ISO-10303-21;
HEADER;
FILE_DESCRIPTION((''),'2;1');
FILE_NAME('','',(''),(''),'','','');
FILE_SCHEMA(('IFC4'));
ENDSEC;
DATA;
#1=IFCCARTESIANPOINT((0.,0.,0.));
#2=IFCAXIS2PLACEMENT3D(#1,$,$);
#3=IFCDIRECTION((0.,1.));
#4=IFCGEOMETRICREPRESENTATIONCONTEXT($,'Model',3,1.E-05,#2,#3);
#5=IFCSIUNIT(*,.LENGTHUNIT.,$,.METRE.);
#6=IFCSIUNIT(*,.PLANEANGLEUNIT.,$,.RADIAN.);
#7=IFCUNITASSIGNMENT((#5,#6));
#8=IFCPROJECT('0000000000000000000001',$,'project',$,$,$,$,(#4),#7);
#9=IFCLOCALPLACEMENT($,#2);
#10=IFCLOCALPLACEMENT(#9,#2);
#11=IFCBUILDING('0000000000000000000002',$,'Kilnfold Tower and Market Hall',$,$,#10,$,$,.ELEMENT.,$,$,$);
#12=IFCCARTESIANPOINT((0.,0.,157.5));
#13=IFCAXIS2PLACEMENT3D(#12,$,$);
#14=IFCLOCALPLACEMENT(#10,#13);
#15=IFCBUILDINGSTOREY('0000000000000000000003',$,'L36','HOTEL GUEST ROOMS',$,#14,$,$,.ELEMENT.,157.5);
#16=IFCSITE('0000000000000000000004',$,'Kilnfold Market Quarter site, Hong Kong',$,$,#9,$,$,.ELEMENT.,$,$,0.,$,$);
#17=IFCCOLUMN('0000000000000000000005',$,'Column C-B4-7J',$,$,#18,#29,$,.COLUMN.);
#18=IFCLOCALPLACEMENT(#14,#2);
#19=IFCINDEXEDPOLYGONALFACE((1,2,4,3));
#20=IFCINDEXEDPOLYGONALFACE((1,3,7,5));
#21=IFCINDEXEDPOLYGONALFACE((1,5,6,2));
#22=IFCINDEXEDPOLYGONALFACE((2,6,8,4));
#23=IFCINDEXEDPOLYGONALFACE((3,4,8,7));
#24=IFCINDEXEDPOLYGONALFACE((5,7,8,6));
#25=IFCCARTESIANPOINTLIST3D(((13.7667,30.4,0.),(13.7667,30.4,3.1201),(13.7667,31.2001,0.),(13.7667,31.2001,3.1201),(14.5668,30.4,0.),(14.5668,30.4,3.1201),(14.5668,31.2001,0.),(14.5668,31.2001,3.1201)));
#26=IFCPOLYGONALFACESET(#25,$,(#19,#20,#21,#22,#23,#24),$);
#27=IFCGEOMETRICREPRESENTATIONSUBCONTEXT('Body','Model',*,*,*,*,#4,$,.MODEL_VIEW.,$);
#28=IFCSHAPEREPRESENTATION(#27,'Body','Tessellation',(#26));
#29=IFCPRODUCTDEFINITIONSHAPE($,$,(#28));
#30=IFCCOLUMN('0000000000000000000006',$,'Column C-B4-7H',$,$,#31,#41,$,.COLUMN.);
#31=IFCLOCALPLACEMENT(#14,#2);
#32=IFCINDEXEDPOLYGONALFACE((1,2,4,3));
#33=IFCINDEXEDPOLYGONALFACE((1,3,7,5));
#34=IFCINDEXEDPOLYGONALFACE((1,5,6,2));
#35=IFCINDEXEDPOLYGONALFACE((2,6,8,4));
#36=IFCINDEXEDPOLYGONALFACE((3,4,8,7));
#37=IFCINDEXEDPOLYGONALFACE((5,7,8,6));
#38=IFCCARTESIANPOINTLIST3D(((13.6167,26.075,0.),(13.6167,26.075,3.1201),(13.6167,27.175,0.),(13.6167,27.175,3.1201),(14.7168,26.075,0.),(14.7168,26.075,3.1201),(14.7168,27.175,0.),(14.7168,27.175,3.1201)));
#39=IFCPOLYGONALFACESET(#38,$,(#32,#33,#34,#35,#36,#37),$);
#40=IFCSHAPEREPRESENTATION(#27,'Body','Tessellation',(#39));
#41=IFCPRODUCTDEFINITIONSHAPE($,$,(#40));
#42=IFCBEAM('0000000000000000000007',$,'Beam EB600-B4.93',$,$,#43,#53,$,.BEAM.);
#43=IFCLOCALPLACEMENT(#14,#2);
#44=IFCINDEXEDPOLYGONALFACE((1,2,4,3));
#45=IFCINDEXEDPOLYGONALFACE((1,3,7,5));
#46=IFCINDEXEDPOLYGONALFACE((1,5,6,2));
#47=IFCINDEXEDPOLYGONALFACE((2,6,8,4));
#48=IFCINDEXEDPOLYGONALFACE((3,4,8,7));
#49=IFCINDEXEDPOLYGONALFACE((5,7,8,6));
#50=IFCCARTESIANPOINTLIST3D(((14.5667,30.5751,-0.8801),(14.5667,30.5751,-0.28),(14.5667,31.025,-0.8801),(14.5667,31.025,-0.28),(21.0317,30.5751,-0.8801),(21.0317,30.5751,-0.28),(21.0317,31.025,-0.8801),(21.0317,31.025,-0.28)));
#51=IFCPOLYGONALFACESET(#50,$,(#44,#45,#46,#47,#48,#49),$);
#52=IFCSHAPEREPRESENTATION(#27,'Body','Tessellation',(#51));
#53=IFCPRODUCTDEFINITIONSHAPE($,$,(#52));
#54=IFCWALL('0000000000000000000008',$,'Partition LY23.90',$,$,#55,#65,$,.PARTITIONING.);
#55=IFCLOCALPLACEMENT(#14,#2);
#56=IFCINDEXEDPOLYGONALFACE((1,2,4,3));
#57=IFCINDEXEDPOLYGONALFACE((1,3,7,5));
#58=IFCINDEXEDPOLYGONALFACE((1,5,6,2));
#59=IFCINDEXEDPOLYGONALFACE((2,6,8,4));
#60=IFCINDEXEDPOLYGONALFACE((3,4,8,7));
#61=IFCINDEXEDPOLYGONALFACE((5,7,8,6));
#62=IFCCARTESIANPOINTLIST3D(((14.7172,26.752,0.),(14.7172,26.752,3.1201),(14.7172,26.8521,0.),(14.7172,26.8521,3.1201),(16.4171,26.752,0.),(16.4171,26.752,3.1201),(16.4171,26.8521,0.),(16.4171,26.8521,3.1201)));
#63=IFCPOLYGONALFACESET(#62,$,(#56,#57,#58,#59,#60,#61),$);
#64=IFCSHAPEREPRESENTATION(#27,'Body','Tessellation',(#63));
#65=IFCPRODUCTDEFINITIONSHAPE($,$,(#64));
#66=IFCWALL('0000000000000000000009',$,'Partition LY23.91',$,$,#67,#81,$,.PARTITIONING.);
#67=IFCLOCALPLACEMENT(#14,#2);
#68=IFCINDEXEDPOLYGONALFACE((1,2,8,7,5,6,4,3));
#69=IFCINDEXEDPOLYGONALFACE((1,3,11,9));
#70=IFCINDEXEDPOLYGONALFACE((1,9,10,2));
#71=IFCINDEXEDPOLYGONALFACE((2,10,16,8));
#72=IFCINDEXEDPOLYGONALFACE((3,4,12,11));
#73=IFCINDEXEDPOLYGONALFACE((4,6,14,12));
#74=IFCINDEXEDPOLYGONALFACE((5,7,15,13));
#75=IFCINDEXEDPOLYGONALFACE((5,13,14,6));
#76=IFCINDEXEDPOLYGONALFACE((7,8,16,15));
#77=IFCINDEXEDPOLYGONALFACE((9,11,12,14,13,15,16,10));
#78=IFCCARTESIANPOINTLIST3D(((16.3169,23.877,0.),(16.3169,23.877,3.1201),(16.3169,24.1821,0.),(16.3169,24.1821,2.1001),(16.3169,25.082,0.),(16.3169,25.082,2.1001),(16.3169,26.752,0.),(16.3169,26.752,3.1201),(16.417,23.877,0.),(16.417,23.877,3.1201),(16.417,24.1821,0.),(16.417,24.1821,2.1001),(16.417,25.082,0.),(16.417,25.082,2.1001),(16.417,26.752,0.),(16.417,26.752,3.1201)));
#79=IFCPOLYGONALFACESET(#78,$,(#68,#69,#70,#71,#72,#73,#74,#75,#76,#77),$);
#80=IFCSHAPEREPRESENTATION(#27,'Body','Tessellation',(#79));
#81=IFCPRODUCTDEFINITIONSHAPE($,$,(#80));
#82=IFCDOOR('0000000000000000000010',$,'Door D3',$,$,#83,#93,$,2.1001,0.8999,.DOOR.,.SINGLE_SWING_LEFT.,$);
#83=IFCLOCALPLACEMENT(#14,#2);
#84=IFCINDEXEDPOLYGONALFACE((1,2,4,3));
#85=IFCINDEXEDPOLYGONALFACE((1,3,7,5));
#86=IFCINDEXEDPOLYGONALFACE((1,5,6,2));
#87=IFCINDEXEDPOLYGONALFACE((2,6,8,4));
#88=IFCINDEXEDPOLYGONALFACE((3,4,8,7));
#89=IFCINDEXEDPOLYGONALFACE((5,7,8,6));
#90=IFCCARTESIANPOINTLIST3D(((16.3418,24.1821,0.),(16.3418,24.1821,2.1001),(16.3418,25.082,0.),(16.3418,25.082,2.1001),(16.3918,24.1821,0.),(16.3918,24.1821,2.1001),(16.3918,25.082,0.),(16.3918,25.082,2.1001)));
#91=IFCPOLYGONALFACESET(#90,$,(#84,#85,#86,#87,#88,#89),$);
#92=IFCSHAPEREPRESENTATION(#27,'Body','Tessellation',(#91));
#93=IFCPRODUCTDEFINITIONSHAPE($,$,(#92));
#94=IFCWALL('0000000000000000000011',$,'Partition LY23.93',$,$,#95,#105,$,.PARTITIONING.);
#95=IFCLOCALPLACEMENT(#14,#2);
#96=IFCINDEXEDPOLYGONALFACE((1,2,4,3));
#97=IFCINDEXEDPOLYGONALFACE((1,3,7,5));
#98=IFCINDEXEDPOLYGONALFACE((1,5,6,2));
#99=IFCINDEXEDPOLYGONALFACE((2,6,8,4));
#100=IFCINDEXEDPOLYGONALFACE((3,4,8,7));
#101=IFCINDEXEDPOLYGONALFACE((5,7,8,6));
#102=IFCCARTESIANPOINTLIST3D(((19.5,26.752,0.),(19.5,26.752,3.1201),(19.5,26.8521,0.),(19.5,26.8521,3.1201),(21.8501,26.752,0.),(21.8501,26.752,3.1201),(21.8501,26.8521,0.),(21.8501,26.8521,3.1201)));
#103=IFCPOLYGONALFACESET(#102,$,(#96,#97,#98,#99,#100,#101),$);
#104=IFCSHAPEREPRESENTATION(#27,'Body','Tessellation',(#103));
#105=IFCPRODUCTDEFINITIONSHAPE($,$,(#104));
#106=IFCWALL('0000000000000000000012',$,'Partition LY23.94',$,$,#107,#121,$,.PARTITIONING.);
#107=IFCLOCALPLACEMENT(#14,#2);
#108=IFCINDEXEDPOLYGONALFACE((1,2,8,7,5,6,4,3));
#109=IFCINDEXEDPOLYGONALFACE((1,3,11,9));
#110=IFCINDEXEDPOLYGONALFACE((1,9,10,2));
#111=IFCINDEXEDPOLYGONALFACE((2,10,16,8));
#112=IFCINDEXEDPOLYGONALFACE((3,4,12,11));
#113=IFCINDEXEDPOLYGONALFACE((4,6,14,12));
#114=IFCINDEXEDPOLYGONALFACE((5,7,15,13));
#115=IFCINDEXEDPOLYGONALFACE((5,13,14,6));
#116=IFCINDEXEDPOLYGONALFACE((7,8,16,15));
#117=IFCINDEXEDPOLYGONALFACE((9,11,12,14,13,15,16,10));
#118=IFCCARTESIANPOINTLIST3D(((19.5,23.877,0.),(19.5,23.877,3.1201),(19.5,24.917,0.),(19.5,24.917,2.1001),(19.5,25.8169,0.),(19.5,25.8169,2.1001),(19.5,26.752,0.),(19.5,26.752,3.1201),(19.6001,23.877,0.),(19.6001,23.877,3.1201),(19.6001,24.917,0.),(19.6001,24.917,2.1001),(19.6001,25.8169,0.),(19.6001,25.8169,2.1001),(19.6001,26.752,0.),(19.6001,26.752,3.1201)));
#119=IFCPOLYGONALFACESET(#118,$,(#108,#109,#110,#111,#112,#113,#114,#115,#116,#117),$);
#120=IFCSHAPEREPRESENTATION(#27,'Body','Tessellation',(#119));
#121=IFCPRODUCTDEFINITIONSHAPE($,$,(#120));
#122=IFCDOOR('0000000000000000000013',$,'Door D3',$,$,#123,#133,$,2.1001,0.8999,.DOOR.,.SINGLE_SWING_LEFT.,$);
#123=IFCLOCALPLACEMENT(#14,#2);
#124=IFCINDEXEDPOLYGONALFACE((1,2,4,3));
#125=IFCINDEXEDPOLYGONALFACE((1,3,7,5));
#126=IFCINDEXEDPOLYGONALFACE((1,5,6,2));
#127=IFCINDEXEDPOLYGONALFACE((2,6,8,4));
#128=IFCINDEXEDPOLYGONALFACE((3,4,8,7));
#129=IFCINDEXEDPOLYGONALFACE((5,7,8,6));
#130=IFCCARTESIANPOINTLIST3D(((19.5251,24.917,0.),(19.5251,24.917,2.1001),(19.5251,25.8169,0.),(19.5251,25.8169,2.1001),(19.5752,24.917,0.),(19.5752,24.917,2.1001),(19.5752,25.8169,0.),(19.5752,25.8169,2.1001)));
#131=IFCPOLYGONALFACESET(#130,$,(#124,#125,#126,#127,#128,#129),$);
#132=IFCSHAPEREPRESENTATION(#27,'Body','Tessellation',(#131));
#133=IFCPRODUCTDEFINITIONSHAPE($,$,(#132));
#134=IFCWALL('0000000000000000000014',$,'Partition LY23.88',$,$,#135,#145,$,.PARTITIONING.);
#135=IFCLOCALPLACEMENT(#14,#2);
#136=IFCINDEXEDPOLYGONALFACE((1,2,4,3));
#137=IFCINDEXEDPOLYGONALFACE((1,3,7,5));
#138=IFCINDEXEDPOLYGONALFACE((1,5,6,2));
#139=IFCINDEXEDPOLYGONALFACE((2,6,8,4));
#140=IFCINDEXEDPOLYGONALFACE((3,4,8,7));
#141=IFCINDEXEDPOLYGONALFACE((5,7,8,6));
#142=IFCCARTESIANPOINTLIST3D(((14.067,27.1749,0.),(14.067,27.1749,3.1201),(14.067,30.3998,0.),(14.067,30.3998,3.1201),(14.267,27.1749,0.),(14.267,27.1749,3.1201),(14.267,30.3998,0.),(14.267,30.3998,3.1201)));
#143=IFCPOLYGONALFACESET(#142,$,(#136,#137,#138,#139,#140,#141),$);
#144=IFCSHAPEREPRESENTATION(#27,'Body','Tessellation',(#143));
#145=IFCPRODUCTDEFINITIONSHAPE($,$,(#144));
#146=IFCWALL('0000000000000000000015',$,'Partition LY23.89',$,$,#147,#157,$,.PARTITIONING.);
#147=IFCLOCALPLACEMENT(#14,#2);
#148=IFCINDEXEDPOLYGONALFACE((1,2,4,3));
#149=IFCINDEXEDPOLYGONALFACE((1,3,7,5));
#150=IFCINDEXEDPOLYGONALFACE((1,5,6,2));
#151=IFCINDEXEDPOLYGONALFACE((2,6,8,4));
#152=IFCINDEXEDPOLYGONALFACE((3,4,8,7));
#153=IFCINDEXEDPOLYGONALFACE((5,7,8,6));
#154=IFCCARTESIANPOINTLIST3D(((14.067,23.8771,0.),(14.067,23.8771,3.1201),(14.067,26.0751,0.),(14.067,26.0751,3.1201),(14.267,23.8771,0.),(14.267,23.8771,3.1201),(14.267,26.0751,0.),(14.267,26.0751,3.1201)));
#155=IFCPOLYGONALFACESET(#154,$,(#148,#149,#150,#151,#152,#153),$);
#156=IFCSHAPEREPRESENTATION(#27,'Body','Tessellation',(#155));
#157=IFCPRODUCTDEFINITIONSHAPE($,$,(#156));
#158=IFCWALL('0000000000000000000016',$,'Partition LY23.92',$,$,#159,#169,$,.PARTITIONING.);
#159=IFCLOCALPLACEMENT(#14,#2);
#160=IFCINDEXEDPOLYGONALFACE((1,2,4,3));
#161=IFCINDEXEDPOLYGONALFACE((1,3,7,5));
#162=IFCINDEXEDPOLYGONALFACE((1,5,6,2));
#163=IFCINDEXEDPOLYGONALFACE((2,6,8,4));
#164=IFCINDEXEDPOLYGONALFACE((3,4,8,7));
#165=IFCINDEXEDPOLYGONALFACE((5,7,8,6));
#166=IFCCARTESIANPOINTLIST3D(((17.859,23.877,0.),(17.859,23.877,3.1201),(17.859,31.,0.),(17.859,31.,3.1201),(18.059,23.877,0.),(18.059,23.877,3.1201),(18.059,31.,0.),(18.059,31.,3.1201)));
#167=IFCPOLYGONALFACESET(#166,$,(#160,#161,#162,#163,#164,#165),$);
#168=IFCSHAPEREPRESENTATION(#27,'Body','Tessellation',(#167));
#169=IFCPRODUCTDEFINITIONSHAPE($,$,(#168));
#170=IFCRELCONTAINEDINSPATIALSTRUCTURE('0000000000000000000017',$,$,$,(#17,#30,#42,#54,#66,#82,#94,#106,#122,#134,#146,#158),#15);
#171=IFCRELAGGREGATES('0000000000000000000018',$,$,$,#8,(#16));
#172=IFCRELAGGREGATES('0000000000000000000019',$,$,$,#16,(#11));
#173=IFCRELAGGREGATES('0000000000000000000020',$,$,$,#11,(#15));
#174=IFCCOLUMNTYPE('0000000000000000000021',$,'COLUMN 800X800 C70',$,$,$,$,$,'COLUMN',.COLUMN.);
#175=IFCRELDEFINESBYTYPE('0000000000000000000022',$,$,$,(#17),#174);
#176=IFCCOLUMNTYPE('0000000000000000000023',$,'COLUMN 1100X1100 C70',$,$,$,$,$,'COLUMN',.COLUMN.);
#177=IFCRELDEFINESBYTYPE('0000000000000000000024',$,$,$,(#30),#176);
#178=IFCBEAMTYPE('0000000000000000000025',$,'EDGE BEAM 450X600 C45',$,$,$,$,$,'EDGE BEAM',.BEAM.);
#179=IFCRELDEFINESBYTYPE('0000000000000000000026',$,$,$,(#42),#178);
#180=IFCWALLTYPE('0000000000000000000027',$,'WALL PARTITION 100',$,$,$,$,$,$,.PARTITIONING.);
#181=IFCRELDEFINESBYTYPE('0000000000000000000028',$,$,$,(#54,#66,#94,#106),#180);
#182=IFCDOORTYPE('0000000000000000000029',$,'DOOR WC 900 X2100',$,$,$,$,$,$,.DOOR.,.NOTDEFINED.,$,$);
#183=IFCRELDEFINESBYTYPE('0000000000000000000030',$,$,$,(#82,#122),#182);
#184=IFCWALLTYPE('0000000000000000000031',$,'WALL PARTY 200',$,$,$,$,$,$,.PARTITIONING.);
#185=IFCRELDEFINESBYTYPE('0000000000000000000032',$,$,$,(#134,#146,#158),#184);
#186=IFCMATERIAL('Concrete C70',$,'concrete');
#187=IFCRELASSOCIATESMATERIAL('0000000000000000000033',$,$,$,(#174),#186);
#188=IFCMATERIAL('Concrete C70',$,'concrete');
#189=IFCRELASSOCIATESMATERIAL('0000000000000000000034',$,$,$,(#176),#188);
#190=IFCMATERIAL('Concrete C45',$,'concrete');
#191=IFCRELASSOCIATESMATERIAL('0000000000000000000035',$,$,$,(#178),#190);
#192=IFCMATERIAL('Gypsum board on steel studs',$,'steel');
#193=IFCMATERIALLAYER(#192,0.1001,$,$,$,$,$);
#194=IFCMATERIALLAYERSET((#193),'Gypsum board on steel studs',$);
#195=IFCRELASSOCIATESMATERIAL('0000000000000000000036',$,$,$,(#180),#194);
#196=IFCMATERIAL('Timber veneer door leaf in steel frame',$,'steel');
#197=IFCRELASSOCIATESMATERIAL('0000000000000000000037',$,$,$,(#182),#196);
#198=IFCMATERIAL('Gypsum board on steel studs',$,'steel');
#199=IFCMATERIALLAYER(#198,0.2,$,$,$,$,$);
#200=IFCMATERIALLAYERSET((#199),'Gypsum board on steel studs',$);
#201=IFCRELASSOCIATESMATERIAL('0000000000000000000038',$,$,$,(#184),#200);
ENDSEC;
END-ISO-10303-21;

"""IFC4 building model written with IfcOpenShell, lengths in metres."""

from ifc_helpers import new_model, si_unit, direction, frame, frame_2d, origin, origin_2d, place, context, subcontext, project, spatial, rectangle, extrude, source, transform, mapped, material, layer, layer_set, material_profile, profile_set, type_object, element, fill, save


model = new_model("IFC4")

# Units and contexts
model_context = context("Model", 3, precision=1e-05, world=origin(), true_north=direction((0.0, 1.0)))
body_context = subcontext(model_context, "Body", "Model", "MODEL_VIEW")
ifc_project = project(units=[si_unit("LENGTHUNIT", "METRE"), si_unit("PLANEANGLEUNIT", "RADIAN")], contexts=[model_context])

# Site, building, storey
site_placement = place(None, origin())
site = spatial("IfcSite", under=ifc_project, at=site_placement, Name="Kilnfold Market Quarter site, Hong Kong", CompositionType="ELEMENT", RefElevation=0.0)
building_placement = place(site_placement, origin())
building = spatial("IfcBuilding", under=site, at=building_placement, Name="Kilnfold Tower and Market Hall", CompositionType="ELEMENT")
storey_placement = place(building_placement, frame((0.0, 0.0, 157.5)))
storey = spatial("IfcBuildingStorey", under=building, at=storey_placement, Name="L36", Description="HOTEL GUEST ROOMS", CompositionType="ELEMENT", Elevation=157.5)

# Columns
ifc_material_1 = material(Name="Concrete C70", Category="concrete")
ifc_material_profile_1 = material_profile(ifc_material_1, rectangle(XDim=0.8, YDim=0.8, at=origin_2d()), Name="RC 800x800")
ifc_profile_set_1 = profile_set([ifc_material_profile_1], Name="Concrete C70")
column_type_1 = type_object("IfcColumnType", Name="COLUMN 800X800 C70", ElementType="COLUMN", PredefinedType="COLUMN", material=ifc_profile_set_1)
shared_shape_1 = source(origin(), body_context, "Body", "SweptSolid", [
    extrude(rectangle(XDim=0.8, YDim=0.8, at=origin_2d()), origin(), (0.0, 0.0, 1.0), 3.1201),
])
column_1_placement = place(storey_placement, frame((14.1667, 30.8, 0.0), z_axis=(0.0, 0.0, 1.0), x_axis=(1.0, 0.0, 0.0)))
element("IfcColumn", 1, at=column_1_placement, inside=storey, type_object=column_type_1, Name="Column C-B4-7J", PredefinedType="COLUMN", context=body_context, shape_type="MappedRepresentation", body=[
    mapped(shared_shape_1, transform((0.0, 0.0, 0.0))),
])
ifc_material_2 = material(Name="Concrete C70", Category="concrete")
ifc_material_profile_2 = material_profile(ifc_material_2, rectangle(XDim=1.1001, YDim=1.1001, at=origin_2d()), Name="RC 1100x1100")
ifc_profile_set_2 = profile_set([ifc_material_profile_2], Name="Concrete C70")
column_type_2 = type_object("IfcColumnType", Name="COLUMN 1100X1100 C70", ElementType="COLUMN", PredefinedType="COLUMN", material=ifc_profile_set_2)
shared_shape_2 = source(origin(), body_context, "Body", "SweptSolid", [
    extrude(rectangle(XDim=1.1001, YDim=1.1001, at=origin_2d()), origin(), (0.0, 0.0, 1.0), 3.1201),
])
column_2_placement = place(storey_placement, frame((14.1667, 26.625, 0.0), z_axis=(0.0, 0.0, 1.0), x_axis=(1.0, 0.0, 0.0)))
element("IfcColumn", 2, at=column_2_placement, inside=storey, type_object=column_type_2, Name="Column C-B4-7H", PredefinedType="COLUMN", context=body_context, shape_type="MappedRepresentation", body=[
    mapped(shared_shape_2, transform((0.0, 0.0, 0.0))),
])

# Beam
ifc_material_3 = material(Name="Concrete C45", Category="concrete")
ifc_material_profile_3 = material_profile(ifc_material_3, rectangle(XDim=0.45, YDim=0.6001, at=origin_2d()), Name="RC 450x600")
ifc_profile_set_3 = profile_set([ifc_material_profile_3], Name="Concrete C45")
beam_type = type_object("IfcBeamType", Name="EDGE BEAM 450X600 C45", ElementType="EDGE BEAM", PredefinedType="BEAM", material=ifc_profile_set_3)
shared_shape_3 = source(origin(), body_context, "Body", "SweptSolid", [
    extrude(rectangle(XDim=0.45, YDim=0.6001, at=origin_2d()), origin(), (0.0, 0.0, 1.0), 6.4651),
])
beam_placement = place(storey_placement, frame((14.5667, 30.8, -0.5801), z_axis=(1.0, 0.0, 0.0), x_axis=(0.0, 1.0, 0.0)))
element("IfcBeam", 3, at=beam_placement, inside=storey, type_object=beam_type, Name="Beam EB600-B4.93", PredefinedType="BEAM", context=body_context, shape_type="MappedRepresentation", body=[
    mapped(shared_shape_3, transform((0.0, 0.0, 0.0))),
])

# Wall
ifc_material_4 = material(Name="Gypsum board on steel studs", Category="steel")
ifc_layer_1 = layer(ifc_material_4, 0.1001)
ifc_layer_set_1 = layer_set([ifc_layer_1], Name="Gypsum board on steel studs")
wall_type_1 = type_object("IfcWallType", Name="WALL PARTITION 100", PredefinedType="PARTITIONING", material=ifc_layer_set_1)
wall_1_placement = place(storey_placement, frame((14.717, 26.802, 0.0), z_axis=(0.0, 0.0, 1.0), x_axis=(1.0, 0.0, 0.0)))
element("IfcWall", 4, at=wall_1_placement, inside=storey, type_object=wall_type_1, Name="Partition LY23.90", PredefinedType="PARTITIONING", context=body_context, shape_type="SweptSolid", body=[
    extrude(rectangle(XDim=1.7, YDim=0.1001, at=frame_2d((0.8501, 0.0))), origin(), (0.0, 0.0, 1.0), 3.1201),
])

# Wall, opening, door
wall_2_placement = place(storey_placement, frame((16.3669, 26.752, 0.0), z_axis=(0.0, 0.0, 1.0), x_axis=(0.0, -1.0, 0.0)))
wall_2 = element("IfcWall", 5, at=wall_2_placement, inside=storey, type_object=wall_type_1, Name="Partition LY23.91", PredefinedType="PARTITIONING", context=body_context, shape_type="SweptSolid", body=[
    extrude(rectangle(XDim=2.875, YDim=0.1001, at=frame_2d((1.4375, 0.0))), origin(), (0.0, 0.0, 1.0), 3.1201),
])
opening_1_placement = place(wall_2_placement, frame((1.6699, 0.0, 0.0)))
opening_1 = element("IfcOpeningElement", 6, at=opening_1_placement, cuts=wall_2, PredefinedType="OPENING", context=body_context, shape_type="SweptSolid", body=[
    extrude(rectangle(XDim=0.8999, YDim=2.1001, at=frame_2d((0.45, 1.05))), frame((0.0, 0.0601, 0.0), z_axis=(0.0, -1.0, 0.0), x_axis=(1.0, 0.0, 0.0)), (0.0, 0.0, 1.0), 0.1201),
])
ifc_material_5 = material(Name="Timber veneer door leaf in steel frame", Category="steel")
door_type = type_object("IfcDoorType", Name="DOOR WC 900 X2100", OperationType="NOTDEFINED", PredefinedType="DOOR", material=ifc_material_5)
door_1_placement = place(opening_1_placement, origin())
door_1 = element("IfcDoor", 7, at=door_1_placement, inside=storey, type_object=door_type, Name="Door D3", OperationType="SINGLE_SWING_LEFT", OverallHeight=2.1001, OverallWidth=0.8999, PredefinedType="DOOR", context=body_context, shape_type="SweptSolid", body=[
    extrude(rectangle(XDim=0.8999, YDim=2.1001, at=frame_2d((0.45, 1.05))), frame((0.0, 0.0249, 0.0), z_axis=(0.0, -1.0, 0.0), x_axis=(1.0, 0.0, 0.0)), (0.0, 0.0, 1.0), 0.05),
])
fill(opening_1, door_1)

# Wall
wall_3_placement = place(storey_placement, frame((19.5, 26.802, 0.0), z_axis=(0.0, 0.0, 1.0), x_axis=(1.0, 0.0, 0.0)))
element("IfcWall", 8, at=wall_3_placement, inside=storey, type_object=wall_type_1, Name="Partition LY23.93", PredefinedType="PARTITIONING", context=body_context, shape_type="SweptSolid", body=[
    extrude(rectangle(XDim=2.3501, YDim=0.1001, at=frame_2d((1.175, 0.0))), origin(), (0.0, 0.0, 1.0), 3.1201),
])

# Wall, opening, door
wall_4_placement = place(storey_placement, frame((19.55, 23.877, 0.0), z_axis=(0.0, 0.0, 1.0), x_axis=(0.0, 1.0, 0.0)))
wall_4 = element("IfcWall", 9, at=wall_4_placement, inside=storey, type_object=wall_type_1, Name="Partition LY23.94", PredefinedType="PARTITIONING", context=body_context, shape_type="SweptSolid", body=[
    extrude(rectangle(XDim=2.875, YDim=0.1001, at=frame_2d((1.4375, 0.0))), origin(), (0.0, 0.0, 1.0), 3.1201),
])
opening_2_placement = place(wall_4_placement, frame((1.04, 0.0, 0.0)))
opening_2 = element("IfcOpeningElement", 10, at=opening_2_placement, cuts=wall_4, PredefinedType="OPENING", context=body_context, shape_type="SweptSolid", body=[
    extrude(rectangle(XDim=0.8999, YDim=2.1001, at=frame_2d((0.45, 1.05))), frame((0.0, 0.0601, 0.0), z_axis=(0.0, -1.0, 0.0), x_axis=(1.0, 0.0, 0.0)), (0.0, 0.0, 1.0), 0.1201),
])
door_2_placement = place(opening_2_placement, origin())
door_2 = element("IfcDoor", 11, at=door_2_placement, inside=storey, type_object=door_type, Name="Door D3", OperationType="SINGLE_SWING_LEFT", OverallHeight=2.1001, OverallWidth=0.8999, PredefinedType="DOOR", context=body_context, shape_type="SweptSolid", body=[
    extrude(rectangle(XDim=0.8999, YDim=2.1001, at=frame_2d((0.45, 1.05))), frame((0.0, 0.0249, 0.0), z_axis=(0.0, -1.0, 0.0), x_axis=(1.0, 0.0, 0.0)), (0.0, 0.0, 1.0), 0.05),
])
fill(opening_2, door_2)

# Walls
ifc_material_6 = material(Name="Gypsum board on steel studs", Category="steel")
ifc_layer_2 = layer(ifc_material_6, 0.2)
ifc_layer_set_2 = layer_set([ifc_layer_2], Name="Gypsum board on steel studs")
wall_type_2 = type_object("IfcWallType", Name="WALL PARTY 200", PredefinedType="PARTITIONING", material=ifc_layer_set_2)
wall_5_placement = place(storey_placement, frame((14.167, 27.175, 0.0), z_axis=(0.0, 0.0, 1.0), x_axis=(0.0, 1.0, 0.0)))
element("IfcWall", 12, at=wall_5_placement, inside=storey, type_object=wall_type_2, Name="Partition LY23.88", PredefinedType="PARTITIONING", context=body_context, shape_type="SweptSolid", body=[
    extrude(rectangle(XDim=3.2249, YDim=0.2, at=frame_2d((1.6123, 0.0))), origin(), (0.0, 0.0, 1.0), 3.1201),
])
wall_6_placement = place(storey_placement, frame((14.167, 23.877, 0.0), z_axis=(0.0, 0.0, 1.0), x_axis=(0.0, 1.0, 0.0)))
element("IfcWall", 13, at=wall_6_placement, inside=storey, type_object=wall_type_2, Name="Partition LY23.89", PredefinedType="PARTITIONING", context=body_context, shape_type="SweptSolid", body=[
    extrude(rectangle(XDim=2.198, YDim=0.2, at=frame_2d((1.0991, 0.0))), origin(), (0.0, 0.0, 1.0), 3.1201),
])
wall_7_placement = place(storey_placement, frame((17.959, 23.877, 0.0), z_axis=(0.0, 0.0, 1.0), x_axis=(0.0, 1.0, 0.0)))
element("IfcWall", 14, at=wall_7_placement, inside=storey, type_object=wall_type_2, Name="Partition LY23.92", PredefinedType="PARTITIONING", context=body_context, shape_type="SweptSolid", body=[
    extrude(rectangle(XDim=7.123, YDim=0.2, at=frame_2d((3.5615, 0.0))), origin(), (0.0, 0.0, 1.0), 3.1201),
])

save(model, "model.ifc")
